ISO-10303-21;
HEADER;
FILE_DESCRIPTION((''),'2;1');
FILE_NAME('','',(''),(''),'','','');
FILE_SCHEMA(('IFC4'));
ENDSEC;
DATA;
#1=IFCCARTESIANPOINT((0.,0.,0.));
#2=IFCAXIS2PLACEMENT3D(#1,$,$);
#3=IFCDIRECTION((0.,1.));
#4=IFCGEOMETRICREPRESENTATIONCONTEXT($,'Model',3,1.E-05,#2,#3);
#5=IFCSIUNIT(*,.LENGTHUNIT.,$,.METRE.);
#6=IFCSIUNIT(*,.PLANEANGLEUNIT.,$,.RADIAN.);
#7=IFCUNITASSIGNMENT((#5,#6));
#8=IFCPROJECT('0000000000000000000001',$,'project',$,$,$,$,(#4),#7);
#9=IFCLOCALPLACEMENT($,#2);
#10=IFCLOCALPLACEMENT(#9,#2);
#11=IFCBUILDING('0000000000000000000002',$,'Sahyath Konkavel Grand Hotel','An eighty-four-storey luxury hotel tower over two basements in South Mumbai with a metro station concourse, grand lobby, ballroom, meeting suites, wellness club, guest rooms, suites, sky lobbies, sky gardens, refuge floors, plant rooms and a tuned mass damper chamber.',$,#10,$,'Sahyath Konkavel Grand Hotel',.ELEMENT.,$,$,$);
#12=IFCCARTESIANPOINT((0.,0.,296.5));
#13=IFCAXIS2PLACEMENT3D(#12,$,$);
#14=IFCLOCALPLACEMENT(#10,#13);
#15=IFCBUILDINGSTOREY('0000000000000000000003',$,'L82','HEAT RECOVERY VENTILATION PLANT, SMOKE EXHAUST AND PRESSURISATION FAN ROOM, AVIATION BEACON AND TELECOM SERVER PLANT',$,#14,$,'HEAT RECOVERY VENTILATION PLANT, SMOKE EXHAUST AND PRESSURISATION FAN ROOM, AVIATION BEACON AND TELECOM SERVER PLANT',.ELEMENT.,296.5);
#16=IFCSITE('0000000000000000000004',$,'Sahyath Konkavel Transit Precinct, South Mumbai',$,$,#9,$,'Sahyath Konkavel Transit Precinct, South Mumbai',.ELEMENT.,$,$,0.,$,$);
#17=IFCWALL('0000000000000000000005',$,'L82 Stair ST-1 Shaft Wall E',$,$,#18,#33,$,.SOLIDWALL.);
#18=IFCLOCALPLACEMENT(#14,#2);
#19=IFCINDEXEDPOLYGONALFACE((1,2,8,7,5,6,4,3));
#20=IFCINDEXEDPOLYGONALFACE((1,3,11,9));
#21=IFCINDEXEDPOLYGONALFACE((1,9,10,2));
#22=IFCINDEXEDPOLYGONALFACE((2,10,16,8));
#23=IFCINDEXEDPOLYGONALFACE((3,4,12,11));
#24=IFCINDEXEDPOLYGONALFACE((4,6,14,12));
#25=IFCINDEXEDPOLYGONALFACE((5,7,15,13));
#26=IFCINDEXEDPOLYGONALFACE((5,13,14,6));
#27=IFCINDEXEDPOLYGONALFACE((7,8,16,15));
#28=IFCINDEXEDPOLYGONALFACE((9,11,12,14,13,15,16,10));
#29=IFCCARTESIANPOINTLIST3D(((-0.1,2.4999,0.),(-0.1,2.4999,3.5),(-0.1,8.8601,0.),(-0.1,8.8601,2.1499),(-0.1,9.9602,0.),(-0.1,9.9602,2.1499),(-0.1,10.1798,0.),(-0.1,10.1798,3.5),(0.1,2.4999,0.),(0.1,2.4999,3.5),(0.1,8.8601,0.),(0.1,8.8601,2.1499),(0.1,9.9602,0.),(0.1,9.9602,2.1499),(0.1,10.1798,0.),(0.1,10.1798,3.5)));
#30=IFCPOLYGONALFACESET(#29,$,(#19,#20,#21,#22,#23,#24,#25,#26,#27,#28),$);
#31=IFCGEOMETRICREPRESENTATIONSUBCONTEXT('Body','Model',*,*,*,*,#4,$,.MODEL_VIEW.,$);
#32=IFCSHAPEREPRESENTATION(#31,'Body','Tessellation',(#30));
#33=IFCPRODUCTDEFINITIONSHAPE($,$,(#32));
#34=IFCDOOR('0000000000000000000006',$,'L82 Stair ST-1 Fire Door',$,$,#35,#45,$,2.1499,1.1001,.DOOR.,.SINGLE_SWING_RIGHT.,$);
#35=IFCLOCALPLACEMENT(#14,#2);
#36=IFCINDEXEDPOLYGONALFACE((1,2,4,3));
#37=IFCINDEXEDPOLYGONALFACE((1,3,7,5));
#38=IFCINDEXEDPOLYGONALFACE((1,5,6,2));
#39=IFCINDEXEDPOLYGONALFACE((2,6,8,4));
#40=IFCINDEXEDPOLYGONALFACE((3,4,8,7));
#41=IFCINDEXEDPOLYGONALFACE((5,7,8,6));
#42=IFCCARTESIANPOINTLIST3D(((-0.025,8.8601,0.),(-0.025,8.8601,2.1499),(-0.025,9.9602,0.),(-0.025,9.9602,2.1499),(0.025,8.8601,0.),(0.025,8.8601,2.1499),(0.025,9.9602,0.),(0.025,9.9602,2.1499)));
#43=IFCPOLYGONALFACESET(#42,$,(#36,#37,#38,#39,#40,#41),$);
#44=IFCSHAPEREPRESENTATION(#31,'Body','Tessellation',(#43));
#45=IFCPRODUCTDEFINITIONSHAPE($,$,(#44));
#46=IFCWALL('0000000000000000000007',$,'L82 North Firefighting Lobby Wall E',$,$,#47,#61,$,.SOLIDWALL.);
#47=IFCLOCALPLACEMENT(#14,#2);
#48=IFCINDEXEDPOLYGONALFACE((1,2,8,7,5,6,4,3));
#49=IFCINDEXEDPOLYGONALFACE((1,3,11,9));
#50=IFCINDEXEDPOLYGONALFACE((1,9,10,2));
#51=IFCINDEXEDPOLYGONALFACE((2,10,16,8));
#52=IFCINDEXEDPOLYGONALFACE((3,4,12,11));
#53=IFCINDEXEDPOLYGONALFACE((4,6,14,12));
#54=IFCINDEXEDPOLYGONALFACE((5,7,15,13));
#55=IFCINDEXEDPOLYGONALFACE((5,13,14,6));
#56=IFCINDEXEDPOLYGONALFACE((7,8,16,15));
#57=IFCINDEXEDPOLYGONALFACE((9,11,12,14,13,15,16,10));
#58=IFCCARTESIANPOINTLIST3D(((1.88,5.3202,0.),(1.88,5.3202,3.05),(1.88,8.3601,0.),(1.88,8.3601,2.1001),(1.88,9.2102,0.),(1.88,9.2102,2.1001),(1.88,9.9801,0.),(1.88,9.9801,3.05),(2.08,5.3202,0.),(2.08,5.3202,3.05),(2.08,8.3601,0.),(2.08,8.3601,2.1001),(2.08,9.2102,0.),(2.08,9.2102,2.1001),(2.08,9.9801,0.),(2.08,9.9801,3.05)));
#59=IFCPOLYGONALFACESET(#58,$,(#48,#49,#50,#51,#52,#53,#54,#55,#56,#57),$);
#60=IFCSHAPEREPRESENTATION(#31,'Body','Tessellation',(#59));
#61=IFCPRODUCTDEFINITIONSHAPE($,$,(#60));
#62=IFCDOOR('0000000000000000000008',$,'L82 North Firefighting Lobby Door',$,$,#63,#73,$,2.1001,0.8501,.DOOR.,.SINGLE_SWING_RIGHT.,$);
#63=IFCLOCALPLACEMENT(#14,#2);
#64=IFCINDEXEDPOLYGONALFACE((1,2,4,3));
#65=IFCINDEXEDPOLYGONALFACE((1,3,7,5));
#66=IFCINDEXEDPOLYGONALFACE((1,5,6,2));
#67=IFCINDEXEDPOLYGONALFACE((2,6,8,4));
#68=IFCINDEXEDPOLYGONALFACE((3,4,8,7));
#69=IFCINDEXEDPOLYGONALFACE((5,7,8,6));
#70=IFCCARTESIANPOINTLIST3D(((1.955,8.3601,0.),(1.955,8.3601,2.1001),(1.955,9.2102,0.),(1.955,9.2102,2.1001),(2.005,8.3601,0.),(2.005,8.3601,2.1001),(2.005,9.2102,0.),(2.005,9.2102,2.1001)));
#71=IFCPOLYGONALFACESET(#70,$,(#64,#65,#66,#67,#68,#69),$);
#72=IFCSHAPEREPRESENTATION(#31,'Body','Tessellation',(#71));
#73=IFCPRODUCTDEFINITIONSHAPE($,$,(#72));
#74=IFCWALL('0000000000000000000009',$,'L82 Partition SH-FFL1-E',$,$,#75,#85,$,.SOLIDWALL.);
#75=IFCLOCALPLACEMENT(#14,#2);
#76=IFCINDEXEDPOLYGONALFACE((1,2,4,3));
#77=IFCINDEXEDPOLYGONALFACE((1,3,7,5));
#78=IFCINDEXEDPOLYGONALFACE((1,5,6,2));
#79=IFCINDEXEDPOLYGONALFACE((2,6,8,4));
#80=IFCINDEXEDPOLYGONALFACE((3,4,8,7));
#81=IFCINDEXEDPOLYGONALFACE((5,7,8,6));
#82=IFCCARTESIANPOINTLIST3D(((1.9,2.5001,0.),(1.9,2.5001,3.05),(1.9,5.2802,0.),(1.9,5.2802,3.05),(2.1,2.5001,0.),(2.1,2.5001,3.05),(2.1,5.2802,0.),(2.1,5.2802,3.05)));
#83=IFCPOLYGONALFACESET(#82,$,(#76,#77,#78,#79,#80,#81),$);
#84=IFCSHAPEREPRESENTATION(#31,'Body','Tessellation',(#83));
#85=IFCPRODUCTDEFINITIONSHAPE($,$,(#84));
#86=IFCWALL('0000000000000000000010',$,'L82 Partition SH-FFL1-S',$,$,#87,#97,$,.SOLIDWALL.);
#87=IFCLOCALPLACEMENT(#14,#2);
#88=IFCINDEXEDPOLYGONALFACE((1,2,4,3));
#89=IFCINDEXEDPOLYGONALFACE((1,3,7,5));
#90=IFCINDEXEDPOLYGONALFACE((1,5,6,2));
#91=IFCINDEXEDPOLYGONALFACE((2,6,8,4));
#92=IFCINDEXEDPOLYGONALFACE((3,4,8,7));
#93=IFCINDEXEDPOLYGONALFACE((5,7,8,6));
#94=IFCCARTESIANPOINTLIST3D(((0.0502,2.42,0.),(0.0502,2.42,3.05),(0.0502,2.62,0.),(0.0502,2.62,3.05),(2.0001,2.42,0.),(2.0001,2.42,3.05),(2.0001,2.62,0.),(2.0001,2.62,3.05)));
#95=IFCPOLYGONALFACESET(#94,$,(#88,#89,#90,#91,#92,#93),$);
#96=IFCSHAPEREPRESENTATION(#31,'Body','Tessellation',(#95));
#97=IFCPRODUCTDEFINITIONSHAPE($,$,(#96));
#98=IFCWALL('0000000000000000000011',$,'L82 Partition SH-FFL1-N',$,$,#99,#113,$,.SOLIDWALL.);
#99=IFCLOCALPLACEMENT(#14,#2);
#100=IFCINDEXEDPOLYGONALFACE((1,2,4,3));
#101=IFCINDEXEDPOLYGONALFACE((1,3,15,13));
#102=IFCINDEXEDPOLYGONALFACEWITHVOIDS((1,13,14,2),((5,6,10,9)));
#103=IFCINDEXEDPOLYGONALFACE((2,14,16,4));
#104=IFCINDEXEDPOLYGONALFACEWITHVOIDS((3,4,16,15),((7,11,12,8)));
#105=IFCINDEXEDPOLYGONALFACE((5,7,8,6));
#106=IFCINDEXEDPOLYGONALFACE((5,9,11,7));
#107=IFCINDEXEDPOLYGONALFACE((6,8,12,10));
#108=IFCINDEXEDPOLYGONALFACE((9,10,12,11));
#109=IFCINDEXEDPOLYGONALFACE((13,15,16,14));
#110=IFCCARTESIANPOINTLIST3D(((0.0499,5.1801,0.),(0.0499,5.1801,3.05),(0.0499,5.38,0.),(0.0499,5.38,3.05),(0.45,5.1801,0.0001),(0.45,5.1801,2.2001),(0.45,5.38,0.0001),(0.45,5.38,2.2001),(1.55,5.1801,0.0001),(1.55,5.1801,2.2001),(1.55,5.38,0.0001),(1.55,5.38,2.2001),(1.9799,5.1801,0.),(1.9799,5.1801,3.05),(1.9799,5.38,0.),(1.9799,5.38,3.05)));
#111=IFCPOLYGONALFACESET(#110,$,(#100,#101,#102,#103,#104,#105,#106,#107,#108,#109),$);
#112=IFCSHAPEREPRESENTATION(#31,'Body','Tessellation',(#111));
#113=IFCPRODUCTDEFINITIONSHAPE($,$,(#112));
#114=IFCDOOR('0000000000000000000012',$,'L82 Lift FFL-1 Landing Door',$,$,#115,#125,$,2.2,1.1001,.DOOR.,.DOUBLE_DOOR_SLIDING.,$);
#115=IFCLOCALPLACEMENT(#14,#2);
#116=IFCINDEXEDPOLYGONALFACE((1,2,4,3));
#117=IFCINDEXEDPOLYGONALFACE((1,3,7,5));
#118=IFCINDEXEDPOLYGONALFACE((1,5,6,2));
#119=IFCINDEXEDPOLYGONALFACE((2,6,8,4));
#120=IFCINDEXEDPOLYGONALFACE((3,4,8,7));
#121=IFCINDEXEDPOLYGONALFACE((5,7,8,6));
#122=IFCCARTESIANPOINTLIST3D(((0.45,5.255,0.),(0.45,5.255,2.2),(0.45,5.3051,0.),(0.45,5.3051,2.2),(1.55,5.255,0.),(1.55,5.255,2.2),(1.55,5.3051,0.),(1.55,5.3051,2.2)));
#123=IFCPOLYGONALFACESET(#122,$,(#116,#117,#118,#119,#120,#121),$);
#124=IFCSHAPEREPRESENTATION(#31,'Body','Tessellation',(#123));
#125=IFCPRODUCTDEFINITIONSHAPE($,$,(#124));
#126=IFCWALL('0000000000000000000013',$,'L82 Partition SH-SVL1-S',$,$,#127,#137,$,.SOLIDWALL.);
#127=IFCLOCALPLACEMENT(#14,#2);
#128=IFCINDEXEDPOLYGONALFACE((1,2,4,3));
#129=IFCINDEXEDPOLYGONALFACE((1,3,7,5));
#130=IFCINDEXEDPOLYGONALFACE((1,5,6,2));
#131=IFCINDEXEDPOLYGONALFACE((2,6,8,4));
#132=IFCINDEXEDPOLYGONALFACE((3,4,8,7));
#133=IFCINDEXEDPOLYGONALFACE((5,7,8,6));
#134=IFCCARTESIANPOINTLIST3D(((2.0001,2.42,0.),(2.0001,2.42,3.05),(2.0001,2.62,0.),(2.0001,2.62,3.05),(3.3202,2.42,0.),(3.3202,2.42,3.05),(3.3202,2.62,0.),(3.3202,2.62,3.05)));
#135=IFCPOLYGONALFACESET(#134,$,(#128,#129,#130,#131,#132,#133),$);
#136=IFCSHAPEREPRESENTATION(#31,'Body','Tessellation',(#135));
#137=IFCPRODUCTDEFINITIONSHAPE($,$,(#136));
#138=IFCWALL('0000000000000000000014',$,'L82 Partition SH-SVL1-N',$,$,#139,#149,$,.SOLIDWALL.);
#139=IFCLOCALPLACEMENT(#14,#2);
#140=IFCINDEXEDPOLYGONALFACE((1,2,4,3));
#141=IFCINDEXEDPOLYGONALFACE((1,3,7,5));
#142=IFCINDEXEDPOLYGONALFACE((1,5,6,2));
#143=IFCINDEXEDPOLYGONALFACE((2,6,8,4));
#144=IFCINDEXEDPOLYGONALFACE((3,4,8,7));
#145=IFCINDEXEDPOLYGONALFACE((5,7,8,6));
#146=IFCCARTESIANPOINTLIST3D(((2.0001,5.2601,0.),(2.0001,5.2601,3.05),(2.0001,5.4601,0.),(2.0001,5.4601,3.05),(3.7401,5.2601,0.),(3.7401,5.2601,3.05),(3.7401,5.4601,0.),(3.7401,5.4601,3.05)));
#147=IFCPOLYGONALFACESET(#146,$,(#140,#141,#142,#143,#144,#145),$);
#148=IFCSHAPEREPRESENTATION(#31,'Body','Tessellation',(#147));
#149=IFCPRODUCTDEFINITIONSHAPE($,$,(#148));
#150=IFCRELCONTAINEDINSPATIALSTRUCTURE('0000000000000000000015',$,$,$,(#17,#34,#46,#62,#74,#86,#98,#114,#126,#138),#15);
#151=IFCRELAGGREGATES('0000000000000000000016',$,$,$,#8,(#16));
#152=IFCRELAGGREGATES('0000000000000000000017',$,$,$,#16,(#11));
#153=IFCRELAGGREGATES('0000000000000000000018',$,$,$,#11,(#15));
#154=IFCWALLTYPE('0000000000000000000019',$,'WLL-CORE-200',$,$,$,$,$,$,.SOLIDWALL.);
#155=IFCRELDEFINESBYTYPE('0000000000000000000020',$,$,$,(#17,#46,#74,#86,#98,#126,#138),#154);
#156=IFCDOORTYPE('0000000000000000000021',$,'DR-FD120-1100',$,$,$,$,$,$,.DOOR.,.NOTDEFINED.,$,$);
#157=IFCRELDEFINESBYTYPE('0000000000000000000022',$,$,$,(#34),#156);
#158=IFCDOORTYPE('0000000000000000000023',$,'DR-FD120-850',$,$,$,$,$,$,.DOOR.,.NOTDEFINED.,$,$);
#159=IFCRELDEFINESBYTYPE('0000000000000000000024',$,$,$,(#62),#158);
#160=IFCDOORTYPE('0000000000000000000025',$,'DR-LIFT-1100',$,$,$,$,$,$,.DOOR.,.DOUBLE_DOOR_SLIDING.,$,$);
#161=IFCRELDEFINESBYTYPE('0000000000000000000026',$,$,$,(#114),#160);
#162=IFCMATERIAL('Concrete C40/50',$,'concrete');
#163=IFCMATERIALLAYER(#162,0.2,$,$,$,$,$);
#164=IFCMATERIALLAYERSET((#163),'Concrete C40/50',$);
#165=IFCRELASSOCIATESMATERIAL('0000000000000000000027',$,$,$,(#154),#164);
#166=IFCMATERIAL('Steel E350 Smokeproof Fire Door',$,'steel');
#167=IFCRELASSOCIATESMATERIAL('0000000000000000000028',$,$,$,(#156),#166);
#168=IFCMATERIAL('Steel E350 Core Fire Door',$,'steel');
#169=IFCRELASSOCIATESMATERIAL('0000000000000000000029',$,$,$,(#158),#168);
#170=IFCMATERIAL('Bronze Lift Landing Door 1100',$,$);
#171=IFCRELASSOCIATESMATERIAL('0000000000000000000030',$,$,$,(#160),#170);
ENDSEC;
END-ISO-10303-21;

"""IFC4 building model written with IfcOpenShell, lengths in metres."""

from ifc_helpers import new_model, si_unit, direction, frame, frame_2d, origin, origin_2d, place, context, subcontext, project, spatial, rectangle, extrude, source, transform, mapped, material, layer, layer_set, type_object, element, fill, save


model = new_model("IFC4")

# Units and contexts
model_context = context("Model", 3, precision=1e-05, world=origin(), true_north=direction((0.0, 1.0)))
body_context = subcontext(model_context, "Body", "Model", "MODEL_VIEW")
ifc_project = project(units=[si_unit("LENGTHUNIT", "METRE"), si_unit("PLANEANGLEUNIT", "RADIAN")], contexts=[model_context])

# Site, building, storey
site_placement = place(None, origin())
site = spatial("IfcSite", under=ifc_project, at=site_placement, Name="Sahyath Konkavel Transit Precinct, South Mumbai", LongName="Sahyath Konkavel Transit Precinct, South Mumbai", CompositionType="ELEMENT", RefElevation=0.0)
building_placement = place(site_placement, origin())
building = spatial("IfcBuilding", under=site, at=building_placement, Name="Sahyath Konkavel Grand Hotel", Description="An eighty-four-storey luxury hotel tower over two basements in South Mumbai with a metro station concourse, grand lobby, ballroom, meeting suites, wellness club, guest rooms, suites, sky lobbies, sky gardens, refuge floors, plant rooms and a tuned mass damper chamber.", LongName="Sahyath Konkavel Grand Hotel", CompositionType="ELEMENT")
storey_placement = place(building_placement, frame((0.0, 0.0, 296.5)))
storey = spatial("IfcBuildingStorey", under=building, at=storey_placement, Name="L82", Description="HEAT RECOVERY VENTILATION PLANT, SMOKE EXHAUST AND PRESSURISATION FAN ROOM, AVIATION BEACON AND TELECOM SERVER PLANT", LongName="HEAT RECOVERY VENTILATION PLANT, SMOKE EXHAUST AND PRESSURISATION FAN ROOM, AVIATION BEACON AND TELECOM SERVER PLANT", CompositionType="ELEMENT", Elevation=296.5)

# Shared definitions
ifc_material_1 = material(Name="Concrete C40/50", Category="concrete")

# Walls, openings, doors
ifc_layer_1 = layer(ifc_material_1, 0.2)
ifc_layer_set_1 = layer_set([ifc_layer_1], Name="Concrete C40/50")
wall_type_1 = type_object("IfcWallType", Name="WLL-CORE-200", PredefinedType="SOLIDWALL", material=ifc_layer_set_1)
wall_1_placement = place(storey_placement, frame((0.0, 2.5, 0.0), z_axis=(0.0, 0.0, 1.0), x_axis=(0.0, 1.0, 0.0)))
wall_1 = element("IfcWall", 1, at=wall_1_placement, inside=storey, type_object=wall_type_1, Name="L82 Stair ST-1 Shaft Wall E", PredefinedType="SOLIDWALL", context=body_context, shape_type="SweptSolid", body=[
    extrude(rectangle(XDim=7.6799, YDim=0.2, at=frame_2d((3.8398, 0.0))), origin(), (0.0, 0.0, 1.0), 3.5),
])
opening_1_placement = place(wall_1_placement, frame((6.3601, 0.0, 0.0)))
opening_1 = element("IfcOpeningElement", 2, at=opening_1_placement, cuts=wall_1, PredefinedType="OPENING", context=body_context, shape_type="SweptSolid", body=[
    extrude(rectangle(XDim=1.1001, YDim=2.1499, at=frame_2d((0.55, 1.075))), frame((0.0, 0.1099, 0.0), z_axis=(0.0, -1.0, 0.0), x_axis=(1.0, 0.0, 0.0)), (0.0, 0.0, 1.0), 0.22),
])
ifc_material_2 = material(Name="Steel E350 Smokeproof Fire Door", Category="steel")
door_type_1 = type_object("IfcDoorType", Name="DR-FD120-1100", OperationType="NOTDEFINED", PredefinedType="DOOR", material=ifc_material_2)
shared_shape_1 = source(origin(), body_context, "Body", "SweptSolid", [
    extrude(rectangle(XDim=1.1001, YDim=0.05, at=origin_2d()), origin(), (0.0, 0.0, 1.0), 2.1499),
])
door_1_placement = place(opening_1_placement, frame((0.55, 0.0, 0.0)))
door_1 = element("IfcDoor", 3, at=door_1_placement, inside=storey, type_object=door_type_1, Name="L82 Stair ST-1 Fire Door", OperationType="SINGLE_SWING_RIGHT", OverallHeight=2.1499, OverallWidth=1.1001, PredefinedType="DOOR", context=body_context, shape_type="MappedRepresentation", body=[
    mapped(shared_shape_1, transform((0.0, 0.0, 0.0), scale=1.0)),
])
fill(opening_1, door_1)
wall_2_placement = place(storey_placement, frame((1.98, 5.3201, 0.0), z_axis=(0.0, 0.0, 1.0), x_axis=(0.0, 1.0, 0.0)))
wall_2 = element("IfcWall", 4, at=wall_2_placement, inside=storey, type_object=wall_type_1, Name="L82 North Firefighting Lobby Wall E", PredefinedType="SOLIDWALL", context=body_context, shape_type="SweptSolid", body=[
    extrude(rectangle(XDim=4.6599, YDim=0.2, at=frame_2d((2.3301, 0.0))), origin(), (0.0, 0.0, 1.0), 3.05),
])
opening_2_placement = place(wall_2_placement, frame((3.04, 0.0, 0.0)))
opening_2 = element("IfcOpeningElement", 5, at=opening_2_placement, cuts=wall_2, PredefinedType="OPENING", context=body_context, shape_type="SweptSolid", body=[
    extrude(rectangle(XDim=0.8501, YDim=2.1001, at=frame_2d((0.425, 1.05))), frame((0.0, 0.1099, 0.0), z_axis=(0.0, -1.0, 0.0), x_axis=(1.0, 0.0, 0.0)), (0.0, 0.0, 1.0), 0.22),
])
ifc_material_3 = material(Name="Steel E350 Core Fire Door", Category="steel")
door_type_2 = type_object("IfcDoorType", Name="DR-FD120-850", OperationType="NOTDEFINED", PredefinedType="DOOR", material=ifc_material_3)
shared_shape_2 = source(origin(), body_context, "Body", "SweptSolid", [
    extrude(rectangle(XDim=0.8501, YDim=0.05, at=origin_2d()), origin(), (0.0, 0.0, 1.0), 2.1001),
])
door_2_placement = place(opening_2_placement, frame((0.425, 0.0, 0.0)))
door_2 = element("IfcDoor", 6, at=door_2_placement, inside=storey, type_object=door_type_2, Name="L82 North Firefighting Lobby Door", OperationType="SINGLE_SWING_RIGHT", OverallHeight=2.1001, OverallWidth=0.8501, PredefinedType="DOOR", context=body_context, shape_type="MappedRepresentation", body=[
    mapped(shared_shape_2, transform((0.0, 0.0, 0.0), scale=1.0)),
])
fill(opening_2, door_2)

# Walls
wall_3_placement = place(storey_placement, frame((2.0, 2.5, 0.0), z_axis=(0.0, 0.0, 1.0), x_axis=(0.0, 1.0, 0.0)))
element("IfcWall", 7, at=wall_3_placement, inside=storey, type_object=wall_type_1, Name="L82 Partition SH-FFL1-E", PredefinedType="SOLIDWALL", context=body_context, shape_type="SweptSolid", body=[
    extrude(rectangle(XDim=2.78, YDim=0.2, at=frame_2d((1.3901, 0.0))), origin(), (0.0, 0.0, 1.0), 3.05),
])
wall_4_placement = place(storey_placement, frame((0.05, 2.52, 0.0), z_axis=(0.0, 0.0, 1.0), x_axis=(1.0, 0.0, 0.0)))
element("IfcWall", 8, at=wall_4_placement, inside=storey, type_object=wall_type_1, Name="L82 Partition SH-FFL1-S", PredefinedType="SOLIDWALL", context=body_context, shape_type="SweptSolid", body=[
    extrude(rectangle(XDim=1.95, YDim=0.2, at=frame_2d((0.9751, 0.0))), origin(), (0.0, 0.0, 1.0), 3.05),
])

# Wall, opening, door
wall_5_placement = place(storey_placement, frame((0.05, 5.28, 0.0), z_axis=(0.0, 0.0, 1.0), x_axis=(1.0, 0.0, 0.0)))
wall_5 = element("IfcWall", 9, at=wall_5_placement, inside=storey, type_object=wall_type_1, Name="L82 Partition SH-FFL1-N", PredefinedType="SOLIDWALL", context=body_context, shape_type="SweptSolid", body=[
    extrude(rectangle(XDim=1.9299, YDim=0.2, at=frame_2d((0.9648, 0.0))), origin(), (0.0, 0.0, 1.0), 3.05),
])
opening_3_placement = place(wall_5_placement, frame((0.3999, 0.0, 0.0)))
opening_3 = element("IfcOpeningElement", 10, at=opening_3_placement, cuts=wall_5, PredefinedType="OPENING", context=body_context, shape_type="SweptSolid", body=[
    extrude(rectangle(XDim=1.1001, YDim=2.2, at=frame_2d((0.55, 1.1001))), frame((0.0, 0.1099, 0.0), z_axis=(0.0, -1.0, 0.0), x_axis=(1.0, 0.0, 0.0)), (0.0, 0.0, 1.0), 0.22),
])
ifc_material_4 = material(Name="Bronze Lift Landing Door 1100")
door_type_3 = type_object("IfcDoorType", Name="DR-LIFT-1100", OperationType="DOUBLE_DOOR_SLIDING", PredefinedType="DOOR", material=ifc_material_4)
shared_shape_3 = source(origin(), body_context, "Body", "SweptSolid", [
    extrude(rectangle(XDim=1.1001, YDim=0.05, at=origin_2d()), origin(), (0.0, 0.0, 1.0), 2.2),
])
door_3_placement = place(opening_3_placement, frame((0.55, 0.0, 0.0)))
door_3 = element("IfcDoor", 11, at=door_3_placement, inside=storey, type_object=door_type_3, Name="L82 Lift FFL-1 Landing Door", OperationType="DOUBLE_DOOR_SLIDING", OverallHeight=2.2, OverallWidth=1.1001, PredefinedType="DOOR", context=body_context, shape_type="MappedRepresentation", body=[
    mapped(shared_shape_3, transform((0.0, 0.0, 0.0), scale=1.0)),
])
fill(opening_3, door_3)

# Walls
wall_6_placement = place(storey_placement, frame((2.0, 2.52, 0.0), z_axis=(0.0, 0.0, 1.0), x_axis=(1.0, 0.0, 0.0)))
element("IfcWall", 12, at=wall_6_placement, inside=storey, type_object=wall_type_1, Name="L82 Partition SH-SVL1-S", PredefinedType="SOLIDWALL", context=body_context, shape_type="SweptSolid", body=[
    extrude(rectangle(XDim=1.3201, YDim=0.2, at=frame_2d((0.6602, 0.0))), origin(), (0.0, 0.0, 1.0), 3.05),
])
wall_7_placement = place(storey_placement, frame((2.0, 5.3601, 0.0), z_axis=(0.0, 0.0, 1.0), x_axis=(1.0, 0.0, 0.0)))
element("IfcWall", 13, at=wall_7_placement, inside=storey, type_object=wall_type_1, Name="L82 Partition SH-SVL1-N", PredefinedType="SOLIDWALL", context=body_context, shape_type="SweptSolid", body=[
    extrude(rectangle(XDim=1.74, YDim=0.2, at=frame_2d((0.8701, 0.0))), origin(), (0.0, 0.0, 1.0), 3.05),
])

save(model, "model.ifc")
